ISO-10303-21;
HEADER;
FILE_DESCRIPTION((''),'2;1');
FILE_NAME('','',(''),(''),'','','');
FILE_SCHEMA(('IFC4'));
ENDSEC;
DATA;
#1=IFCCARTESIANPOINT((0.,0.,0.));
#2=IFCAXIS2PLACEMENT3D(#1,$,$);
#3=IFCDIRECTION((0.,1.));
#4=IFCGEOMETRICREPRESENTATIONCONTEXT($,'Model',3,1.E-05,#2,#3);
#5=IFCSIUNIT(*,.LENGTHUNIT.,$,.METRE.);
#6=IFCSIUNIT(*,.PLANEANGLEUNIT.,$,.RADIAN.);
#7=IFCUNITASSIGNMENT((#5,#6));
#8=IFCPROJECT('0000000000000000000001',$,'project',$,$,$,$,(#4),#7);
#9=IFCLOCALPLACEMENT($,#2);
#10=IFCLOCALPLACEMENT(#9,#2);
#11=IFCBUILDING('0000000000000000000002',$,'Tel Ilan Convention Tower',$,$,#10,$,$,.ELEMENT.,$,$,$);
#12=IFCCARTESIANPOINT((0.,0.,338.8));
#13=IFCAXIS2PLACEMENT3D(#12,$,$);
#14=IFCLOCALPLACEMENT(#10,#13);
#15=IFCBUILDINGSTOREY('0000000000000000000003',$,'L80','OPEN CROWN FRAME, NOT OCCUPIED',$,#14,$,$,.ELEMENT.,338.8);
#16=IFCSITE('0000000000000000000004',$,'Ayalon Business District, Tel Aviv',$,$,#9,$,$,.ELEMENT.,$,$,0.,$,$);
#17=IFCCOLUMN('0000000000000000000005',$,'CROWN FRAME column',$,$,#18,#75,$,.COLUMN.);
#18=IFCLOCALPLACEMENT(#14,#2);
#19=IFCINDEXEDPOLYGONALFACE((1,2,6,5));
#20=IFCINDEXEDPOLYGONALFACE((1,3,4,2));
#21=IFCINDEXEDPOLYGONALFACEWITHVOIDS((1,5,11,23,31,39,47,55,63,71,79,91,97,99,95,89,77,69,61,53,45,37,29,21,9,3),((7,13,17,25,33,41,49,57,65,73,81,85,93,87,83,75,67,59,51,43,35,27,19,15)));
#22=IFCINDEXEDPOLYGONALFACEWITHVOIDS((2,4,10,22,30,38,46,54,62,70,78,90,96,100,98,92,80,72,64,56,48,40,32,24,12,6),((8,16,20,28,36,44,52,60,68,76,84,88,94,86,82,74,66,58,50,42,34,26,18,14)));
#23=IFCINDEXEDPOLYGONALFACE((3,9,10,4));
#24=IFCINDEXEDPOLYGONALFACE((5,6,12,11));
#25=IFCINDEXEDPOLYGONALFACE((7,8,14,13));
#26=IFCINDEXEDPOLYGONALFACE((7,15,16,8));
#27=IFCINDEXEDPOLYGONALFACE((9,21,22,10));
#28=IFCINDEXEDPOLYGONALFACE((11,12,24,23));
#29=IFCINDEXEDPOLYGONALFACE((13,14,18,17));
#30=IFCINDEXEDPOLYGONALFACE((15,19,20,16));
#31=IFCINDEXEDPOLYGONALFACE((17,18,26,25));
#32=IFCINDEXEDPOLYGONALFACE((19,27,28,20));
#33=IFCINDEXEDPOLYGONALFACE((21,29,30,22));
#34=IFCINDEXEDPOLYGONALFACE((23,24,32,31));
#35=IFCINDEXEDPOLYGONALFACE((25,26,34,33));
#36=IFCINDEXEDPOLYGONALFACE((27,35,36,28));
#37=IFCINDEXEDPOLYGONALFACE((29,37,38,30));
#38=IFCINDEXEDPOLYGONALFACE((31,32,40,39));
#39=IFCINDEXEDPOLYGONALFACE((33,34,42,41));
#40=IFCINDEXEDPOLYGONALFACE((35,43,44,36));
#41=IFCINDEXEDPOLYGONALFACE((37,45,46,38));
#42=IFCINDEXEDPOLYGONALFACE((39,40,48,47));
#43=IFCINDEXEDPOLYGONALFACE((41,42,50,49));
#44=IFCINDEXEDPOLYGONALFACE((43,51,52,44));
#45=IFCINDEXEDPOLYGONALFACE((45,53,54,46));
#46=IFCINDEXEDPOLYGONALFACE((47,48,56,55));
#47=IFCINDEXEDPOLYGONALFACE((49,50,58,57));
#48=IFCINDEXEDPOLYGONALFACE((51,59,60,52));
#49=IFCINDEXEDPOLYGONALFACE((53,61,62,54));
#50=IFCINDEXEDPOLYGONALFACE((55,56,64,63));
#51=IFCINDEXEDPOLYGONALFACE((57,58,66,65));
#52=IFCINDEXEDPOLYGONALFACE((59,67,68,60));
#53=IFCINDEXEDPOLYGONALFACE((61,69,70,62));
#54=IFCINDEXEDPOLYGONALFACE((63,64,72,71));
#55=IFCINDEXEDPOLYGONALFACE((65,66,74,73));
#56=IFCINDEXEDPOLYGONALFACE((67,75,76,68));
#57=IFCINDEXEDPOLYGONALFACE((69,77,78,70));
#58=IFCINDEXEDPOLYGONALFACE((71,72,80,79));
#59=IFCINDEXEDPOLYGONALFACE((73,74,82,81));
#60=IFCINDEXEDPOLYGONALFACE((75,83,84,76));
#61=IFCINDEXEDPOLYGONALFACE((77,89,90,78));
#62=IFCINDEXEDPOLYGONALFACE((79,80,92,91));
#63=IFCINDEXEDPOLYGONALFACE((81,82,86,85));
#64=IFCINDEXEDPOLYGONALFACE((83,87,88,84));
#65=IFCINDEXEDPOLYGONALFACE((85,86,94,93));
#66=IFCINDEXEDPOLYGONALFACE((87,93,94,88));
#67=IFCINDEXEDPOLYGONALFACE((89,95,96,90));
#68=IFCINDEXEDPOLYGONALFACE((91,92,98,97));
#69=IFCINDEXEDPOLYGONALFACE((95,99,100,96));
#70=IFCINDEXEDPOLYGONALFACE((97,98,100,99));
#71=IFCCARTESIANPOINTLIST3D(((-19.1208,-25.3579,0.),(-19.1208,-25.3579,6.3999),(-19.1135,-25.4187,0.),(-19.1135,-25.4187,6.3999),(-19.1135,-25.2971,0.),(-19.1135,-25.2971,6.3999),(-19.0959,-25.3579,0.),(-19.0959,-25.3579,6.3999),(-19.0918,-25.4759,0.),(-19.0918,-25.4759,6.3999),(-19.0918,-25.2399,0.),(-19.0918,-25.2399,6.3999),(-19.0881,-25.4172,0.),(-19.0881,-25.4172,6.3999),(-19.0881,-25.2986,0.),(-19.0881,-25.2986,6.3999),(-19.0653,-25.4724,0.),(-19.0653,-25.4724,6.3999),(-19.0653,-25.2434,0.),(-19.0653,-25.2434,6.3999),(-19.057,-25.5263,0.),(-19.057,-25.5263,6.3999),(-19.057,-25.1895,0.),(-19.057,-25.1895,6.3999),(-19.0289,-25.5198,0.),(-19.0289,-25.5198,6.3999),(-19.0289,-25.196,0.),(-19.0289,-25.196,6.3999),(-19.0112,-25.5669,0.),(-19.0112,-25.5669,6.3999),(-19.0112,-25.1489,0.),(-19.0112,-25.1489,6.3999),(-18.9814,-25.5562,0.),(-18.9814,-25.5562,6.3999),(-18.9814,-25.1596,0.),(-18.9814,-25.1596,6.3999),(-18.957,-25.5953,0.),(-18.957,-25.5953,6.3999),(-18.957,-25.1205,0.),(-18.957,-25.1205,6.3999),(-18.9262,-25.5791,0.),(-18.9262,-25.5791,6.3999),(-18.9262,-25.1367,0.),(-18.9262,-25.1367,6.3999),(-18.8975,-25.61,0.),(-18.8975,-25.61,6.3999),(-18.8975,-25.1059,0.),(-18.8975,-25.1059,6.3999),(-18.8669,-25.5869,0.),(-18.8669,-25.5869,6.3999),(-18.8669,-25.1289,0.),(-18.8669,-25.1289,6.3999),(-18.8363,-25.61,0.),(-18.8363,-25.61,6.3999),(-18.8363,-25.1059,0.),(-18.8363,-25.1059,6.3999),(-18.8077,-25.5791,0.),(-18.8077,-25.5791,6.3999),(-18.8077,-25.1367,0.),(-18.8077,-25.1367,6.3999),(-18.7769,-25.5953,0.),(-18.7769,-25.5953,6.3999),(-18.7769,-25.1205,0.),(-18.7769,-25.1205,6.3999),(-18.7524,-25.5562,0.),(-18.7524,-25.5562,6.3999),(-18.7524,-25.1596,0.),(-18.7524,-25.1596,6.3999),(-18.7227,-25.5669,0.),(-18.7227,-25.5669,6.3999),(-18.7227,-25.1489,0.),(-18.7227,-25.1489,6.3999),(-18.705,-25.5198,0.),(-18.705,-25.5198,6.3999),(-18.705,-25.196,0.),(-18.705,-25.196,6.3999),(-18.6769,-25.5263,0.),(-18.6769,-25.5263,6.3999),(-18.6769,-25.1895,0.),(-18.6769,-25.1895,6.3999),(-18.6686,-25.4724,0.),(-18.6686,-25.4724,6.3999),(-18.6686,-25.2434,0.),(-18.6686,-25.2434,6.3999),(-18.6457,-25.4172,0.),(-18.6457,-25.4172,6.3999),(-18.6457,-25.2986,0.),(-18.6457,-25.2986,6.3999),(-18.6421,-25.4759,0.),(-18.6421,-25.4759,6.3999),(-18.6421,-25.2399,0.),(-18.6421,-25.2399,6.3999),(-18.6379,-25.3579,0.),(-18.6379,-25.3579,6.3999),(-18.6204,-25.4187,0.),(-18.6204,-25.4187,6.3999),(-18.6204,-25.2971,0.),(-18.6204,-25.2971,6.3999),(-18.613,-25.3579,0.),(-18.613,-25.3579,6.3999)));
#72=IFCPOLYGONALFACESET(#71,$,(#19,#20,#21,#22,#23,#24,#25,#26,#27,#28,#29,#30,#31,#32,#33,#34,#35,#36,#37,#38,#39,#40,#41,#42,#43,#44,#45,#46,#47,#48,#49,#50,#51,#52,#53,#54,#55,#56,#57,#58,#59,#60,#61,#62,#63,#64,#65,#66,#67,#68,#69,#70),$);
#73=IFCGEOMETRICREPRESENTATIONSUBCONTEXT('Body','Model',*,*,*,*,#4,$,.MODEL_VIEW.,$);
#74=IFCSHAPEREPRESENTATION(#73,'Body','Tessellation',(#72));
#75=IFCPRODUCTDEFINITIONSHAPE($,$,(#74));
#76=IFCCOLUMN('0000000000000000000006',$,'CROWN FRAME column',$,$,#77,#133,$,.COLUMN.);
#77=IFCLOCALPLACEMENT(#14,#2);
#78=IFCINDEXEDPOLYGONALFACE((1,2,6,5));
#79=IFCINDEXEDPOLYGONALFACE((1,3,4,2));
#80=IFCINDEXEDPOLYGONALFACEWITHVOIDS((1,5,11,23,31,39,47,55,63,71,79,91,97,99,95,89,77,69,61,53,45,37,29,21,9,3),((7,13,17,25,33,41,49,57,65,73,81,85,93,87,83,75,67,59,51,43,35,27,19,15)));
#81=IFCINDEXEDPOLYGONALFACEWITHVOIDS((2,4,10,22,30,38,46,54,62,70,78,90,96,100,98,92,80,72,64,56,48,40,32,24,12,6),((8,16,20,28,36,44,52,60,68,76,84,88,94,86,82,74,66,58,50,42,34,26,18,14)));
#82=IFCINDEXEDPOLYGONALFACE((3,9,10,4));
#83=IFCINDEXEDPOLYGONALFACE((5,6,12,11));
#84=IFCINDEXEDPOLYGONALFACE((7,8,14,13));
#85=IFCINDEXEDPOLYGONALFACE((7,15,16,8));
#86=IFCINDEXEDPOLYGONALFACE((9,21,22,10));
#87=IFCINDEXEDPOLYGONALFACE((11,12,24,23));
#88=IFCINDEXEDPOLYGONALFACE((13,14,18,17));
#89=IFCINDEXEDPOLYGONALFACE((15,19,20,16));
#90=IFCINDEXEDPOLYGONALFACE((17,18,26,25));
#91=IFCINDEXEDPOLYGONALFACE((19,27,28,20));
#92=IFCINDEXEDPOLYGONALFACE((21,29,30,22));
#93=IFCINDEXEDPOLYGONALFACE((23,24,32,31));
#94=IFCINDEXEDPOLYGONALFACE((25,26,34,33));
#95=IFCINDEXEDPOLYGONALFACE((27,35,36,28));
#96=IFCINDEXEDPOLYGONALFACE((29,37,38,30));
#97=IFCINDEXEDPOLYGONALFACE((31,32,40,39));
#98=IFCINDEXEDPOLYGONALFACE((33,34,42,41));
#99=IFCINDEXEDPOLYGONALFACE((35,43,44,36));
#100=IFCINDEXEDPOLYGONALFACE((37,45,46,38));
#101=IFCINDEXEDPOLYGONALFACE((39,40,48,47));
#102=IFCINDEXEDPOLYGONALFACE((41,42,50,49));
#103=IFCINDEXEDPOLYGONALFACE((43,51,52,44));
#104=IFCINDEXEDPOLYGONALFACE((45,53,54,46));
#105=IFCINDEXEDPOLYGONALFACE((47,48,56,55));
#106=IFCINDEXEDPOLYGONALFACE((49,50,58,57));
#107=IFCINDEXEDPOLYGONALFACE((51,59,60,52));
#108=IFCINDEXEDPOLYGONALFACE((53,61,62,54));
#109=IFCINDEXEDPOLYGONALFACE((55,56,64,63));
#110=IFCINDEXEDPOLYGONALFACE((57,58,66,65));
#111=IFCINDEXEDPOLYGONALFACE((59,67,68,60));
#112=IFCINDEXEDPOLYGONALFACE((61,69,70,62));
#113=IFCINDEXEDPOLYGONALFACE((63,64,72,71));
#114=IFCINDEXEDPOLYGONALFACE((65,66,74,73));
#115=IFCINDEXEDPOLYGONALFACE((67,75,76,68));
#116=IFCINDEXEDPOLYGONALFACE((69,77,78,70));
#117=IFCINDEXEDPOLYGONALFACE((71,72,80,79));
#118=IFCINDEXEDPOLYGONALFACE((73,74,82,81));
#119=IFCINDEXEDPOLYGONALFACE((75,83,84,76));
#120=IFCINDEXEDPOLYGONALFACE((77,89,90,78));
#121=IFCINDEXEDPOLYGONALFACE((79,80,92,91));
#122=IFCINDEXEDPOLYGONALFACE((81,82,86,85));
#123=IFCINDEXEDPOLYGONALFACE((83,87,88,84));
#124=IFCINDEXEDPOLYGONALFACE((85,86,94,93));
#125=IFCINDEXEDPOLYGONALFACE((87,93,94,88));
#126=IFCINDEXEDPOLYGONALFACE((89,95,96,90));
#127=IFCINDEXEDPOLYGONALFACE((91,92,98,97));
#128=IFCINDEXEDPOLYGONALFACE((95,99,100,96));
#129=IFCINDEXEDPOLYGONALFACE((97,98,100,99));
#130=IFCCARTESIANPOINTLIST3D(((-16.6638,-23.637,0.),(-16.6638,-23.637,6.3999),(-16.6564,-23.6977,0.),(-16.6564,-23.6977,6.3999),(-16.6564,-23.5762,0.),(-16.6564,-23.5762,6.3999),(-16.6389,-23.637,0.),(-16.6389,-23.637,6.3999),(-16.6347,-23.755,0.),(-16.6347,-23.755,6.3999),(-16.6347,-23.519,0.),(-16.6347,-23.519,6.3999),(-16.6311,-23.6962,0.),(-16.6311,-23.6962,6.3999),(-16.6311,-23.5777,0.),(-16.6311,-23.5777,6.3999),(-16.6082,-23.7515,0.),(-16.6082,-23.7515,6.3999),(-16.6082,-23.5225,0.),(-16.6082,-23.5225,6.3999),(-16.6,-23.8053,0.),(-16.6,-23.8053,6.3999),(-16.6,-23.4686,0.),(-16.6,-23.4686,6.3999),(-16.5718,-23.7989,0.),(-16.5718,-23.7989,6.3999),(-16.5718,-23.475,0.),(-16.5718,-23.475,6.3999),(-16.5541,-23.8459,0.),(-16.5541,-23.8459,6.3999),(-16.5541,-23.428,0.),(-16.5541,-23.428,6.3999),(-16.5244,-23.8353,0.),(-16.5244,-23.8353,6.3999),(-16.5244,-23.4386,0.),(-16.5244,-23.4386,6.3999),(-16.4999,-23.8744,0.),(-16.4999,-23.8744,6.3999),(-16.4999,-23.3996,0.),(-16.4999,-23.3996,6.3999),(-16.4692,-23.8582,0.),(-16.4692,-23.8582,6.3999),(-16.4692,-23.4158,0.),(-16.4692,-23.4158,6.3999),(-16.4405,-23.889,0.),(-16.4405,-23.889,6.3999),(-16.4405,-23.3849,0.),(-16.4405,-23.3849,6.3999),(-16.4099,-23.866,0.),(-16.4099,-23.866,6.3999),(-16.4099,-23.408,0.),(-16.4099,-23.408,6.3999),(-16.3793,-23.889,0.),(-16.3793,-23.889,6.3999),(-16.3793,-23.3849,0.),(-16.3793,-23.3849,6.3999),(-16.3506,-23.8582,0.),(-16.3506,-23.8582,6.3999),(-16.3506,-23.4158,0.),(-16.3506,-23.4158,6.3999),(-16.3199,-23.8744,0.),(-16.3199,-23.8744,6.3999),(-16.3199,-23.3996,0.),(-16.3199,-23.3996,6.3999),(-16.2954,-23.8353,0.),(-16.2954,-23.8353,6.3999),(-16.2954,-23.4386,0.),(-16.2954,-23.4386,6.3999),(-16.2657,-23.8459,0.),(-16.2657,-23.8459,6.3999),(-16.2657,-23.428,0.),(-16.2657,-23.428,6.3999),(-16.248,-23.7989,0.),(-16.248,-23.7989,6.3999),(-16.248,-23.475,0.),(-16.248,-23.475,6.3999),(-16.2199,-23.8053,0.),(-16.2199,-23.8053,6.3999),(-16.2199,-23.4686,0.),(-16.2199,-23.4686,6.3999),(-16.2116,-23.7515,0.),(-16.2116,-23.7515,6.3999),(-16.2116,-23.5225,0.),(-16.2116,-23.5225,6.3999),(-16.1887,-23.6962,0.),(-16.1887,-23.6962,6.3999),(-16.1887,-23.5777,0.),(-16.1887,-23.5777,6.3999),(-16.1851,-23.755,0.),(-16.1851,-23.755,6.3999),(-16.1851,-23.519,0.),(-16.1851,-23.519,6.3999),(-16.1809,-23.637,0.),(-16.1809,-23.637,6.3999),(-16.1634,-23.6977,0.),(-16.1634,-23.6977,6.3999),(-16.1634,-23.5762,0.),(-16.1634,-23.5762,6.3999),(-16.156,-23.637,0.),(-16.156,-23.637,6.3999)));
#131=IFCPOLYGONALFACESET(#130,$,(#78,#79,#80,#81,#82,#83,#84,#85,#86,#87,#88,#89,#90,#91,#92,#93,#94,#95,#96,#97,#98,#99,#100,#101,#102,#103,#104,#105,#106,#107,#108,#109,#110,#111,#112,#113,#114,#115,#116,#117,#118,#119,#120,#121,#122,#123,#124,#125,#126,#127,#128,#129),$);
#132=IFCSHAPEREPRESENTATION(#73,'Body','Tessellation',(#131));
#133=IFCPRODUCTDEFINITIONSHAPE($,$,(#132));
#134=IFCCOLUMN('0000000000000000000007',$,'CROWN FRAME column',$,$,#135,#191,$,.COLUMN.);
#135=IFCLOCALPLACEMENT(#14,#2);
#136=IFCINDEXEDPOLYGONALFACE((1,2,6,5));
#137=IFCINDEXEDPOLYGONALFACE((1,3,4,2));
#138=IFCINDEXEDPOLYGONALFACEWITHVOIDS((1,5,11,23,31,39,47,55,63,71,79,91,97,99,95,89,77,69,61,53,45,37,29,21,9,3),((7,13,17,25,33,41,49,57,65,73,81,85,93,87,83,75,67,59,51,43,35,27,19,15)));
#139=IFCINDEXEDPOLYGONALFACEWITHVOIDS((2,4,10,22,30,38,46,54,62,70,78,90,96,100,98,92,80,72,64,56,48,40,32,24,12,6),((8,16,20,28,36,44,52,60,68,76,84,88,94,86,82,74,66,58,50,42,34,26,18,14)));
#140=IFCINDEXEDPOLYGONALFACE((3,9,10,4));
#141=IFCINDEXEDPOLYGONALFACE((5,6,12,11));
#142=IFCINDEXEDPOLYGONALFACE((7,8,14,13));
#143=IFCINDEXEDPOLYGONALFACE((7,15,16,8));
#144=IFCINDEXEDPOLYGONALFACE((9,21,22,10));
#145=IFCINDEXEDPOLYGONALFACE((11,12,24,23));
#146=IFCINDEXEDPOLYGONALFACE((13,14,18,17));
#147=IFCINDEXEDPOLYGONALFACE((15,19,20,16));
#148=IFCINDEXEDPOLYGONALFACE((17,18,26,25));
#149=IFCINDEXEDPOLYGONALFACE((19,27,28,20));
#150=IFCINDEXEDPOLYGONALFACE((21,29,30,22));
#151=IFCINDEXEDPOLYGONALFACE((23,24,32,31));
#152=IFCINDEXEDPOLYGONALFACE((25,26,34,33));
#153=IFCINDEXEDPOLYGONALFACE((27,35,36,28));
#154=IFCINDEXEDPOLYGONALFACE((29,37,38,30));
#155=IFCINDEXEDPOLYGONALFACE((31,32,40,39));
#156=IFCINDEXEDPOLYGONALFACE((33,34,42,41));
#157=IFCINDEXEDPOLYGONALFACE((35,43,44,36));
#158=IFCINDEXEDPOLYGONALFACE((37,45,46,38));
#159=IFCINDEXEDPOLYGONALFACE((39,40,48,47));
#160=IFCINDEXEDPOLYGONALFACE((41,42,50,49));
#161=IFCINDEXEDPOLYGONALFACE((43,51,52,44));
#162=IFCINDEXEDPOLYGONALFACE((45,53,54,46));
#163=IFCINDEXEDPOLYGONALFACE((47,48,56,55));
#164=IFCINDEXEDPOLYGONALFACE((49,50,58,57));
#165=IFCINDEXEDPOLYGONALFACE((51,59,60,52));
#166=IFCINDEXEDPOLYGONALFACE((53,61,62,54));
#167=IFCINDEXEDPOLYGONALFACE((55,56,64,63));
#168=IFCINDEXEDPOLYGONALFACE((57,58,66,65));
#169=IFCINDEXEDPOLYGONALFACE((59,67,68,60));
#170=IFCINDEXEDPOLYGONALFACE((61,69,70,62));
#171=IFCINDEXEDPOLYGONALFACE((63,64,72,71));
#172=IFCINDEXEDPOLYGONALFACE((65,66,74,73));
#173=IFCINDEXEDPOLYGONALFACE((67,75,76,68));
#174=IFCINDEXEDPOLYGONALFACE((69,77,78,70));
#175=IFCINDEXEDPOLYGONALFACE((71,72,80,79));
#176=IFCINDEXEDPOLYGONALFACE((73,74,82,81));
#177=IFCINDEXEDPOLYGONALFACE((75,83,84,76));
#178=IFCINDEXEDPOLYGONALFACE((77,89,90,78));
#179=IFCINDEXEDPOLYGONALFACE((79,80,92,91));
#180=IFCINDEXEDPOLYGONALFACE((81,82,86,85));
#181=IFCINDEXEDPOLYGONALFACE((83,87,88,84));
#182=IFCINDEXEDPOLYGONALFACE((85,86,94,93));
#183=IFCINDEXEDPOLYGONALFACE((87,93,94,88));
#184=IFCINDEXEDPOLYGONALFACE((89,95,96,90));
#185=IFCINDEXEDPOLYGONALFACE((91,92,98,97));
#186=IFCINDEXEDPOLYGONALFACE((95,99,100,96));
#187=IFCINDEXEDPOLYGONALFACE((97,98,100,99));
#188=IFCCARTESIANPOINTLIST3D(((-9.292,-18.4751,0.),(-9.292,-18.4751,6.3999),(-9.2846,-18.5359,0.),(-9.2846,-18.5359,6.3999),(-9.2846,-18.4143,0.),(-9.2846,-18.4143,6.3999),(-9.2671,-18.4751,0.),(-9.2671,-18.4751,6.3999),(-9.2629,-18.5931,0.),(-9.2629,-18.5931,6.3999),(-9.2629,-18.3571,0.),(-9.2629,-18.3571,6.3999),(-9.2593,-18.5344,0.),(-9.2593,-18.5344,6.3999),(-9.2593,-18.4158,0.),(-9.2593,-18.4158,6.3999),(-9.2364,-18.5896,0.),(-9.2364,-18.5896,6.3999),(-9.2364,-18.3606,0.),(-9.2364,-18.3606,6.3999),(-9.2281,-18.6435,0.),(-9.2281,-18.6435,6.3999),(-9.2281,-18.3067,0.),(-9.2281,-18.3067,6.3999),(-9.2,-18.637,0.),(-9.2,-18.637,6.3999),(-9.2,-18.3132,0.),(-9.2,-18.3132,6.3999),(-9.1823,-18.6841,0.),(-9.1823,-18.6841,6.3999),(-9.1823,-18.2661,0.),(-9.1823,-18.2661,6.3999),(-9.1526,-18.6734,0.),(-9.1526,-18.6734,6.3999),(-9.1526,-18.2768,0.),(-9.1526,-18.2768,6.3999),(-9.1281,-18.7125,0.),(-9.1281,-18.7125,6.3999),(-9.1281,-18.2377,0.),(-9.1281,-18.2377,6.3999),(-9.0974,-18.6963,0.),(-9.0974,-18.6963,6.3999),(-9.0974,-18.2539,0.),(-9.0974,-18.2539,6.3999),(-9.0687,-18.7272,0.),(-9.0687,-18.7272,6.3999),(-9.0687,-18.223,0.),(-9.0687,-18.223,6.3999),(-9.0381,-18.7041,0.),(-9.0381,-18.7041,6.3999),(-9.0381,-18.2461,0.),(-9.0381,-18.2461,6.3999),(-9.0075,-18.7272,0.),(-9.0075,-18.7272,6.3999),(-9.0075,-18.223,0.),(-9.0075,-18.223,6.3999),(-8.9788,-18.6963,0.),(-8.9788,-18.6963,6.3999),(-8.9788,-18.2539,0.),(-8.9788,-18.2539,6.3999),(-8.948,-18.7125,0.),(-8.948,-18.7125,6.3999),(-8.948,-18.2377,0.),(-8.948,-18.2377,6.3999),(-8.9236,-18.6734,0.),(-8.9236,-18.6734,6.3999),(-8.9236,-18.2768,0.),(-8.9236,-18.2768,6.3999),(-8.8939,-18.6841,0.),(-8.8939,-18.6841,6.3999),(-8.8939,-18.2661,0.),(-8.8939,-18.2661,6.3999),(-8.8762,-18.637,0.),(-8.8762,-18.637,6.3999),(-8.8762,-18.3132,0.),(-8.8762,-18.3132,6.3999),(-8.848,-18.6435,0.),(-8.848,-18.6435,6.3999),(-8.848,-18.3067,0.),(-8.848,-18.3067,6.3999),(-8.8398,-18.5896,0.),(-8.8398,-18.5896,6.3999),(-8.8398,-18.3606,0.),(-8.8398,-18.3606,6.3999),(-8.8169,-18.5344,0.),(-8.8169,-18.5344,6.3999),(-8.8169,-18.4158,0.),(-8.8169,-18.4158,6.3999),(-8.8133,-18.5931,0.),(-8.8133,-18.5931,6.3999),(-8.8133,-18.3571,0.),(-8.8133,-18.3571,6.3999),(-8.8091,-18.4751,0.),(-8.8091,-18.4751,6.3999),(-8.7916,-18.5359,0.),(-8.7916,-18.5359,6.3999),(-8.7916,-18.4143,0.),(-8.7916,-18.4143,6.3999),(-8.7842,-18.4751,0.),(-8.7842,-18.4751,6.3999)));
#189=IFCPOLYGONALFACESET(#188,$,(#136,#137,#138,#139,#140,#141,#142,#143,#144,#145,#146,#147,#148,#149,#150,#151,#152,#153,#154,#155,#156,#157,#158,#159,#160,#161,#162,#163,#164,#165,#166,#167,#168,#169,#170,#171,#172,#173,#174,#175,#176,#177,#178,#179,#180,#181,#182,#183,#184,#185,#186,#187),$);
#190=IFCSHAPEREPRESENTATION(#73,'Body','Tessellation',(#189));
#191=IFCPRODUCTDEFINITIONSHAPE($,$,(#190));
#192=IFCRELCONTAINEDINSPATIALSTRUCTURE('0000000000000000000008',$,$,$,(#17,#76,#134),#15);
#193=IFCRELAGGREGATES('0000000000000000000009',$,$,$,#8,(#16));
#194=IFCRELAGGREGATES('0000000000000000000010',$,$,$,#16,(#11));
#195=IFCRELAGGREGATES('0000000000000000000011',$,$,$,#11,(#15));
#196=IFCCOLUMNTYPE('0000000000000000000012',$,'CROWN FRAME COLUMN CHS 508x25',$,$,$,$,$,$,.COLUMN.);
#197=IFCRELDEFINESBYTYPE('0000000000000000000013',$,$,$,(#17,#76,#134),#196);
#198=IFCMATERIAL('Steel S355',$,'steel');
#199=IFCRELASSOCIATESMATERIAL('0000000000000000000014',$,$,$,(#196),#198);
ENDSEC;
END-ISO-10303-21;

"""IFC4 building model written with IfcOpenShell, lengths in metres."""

from ifc_helpers import new_model, si_unit, direction, frame, origin, origin_2d, place, context, subcontext, project, spatial, hollow_circle, extrude, material, material_profile, profile_set, type_object, element, save


model = new_model("IFC4")

# Units and contexts
model_context = context("Model", 3, precision=1e-05, world=origin(), true_north=direction((0.0, 1.0)))
body_context = subcontext(model_context, "Body", "Model", "MODEL_VIEW")
ifc_project = project(units=[si_unit("LENGTHUNIT", "METRE"), si_unit("PLANEANGLEUNIT", "RADIAN")], contexts=[model_context])

# Site, building, storey
site_placement = place(None, origin())
site = spatial("IfcSite", under=ifc_project, at=site_placement, Name="Ayalon Business District, Tel Aviv", CompositionType="ELEMENT", RefElevation=0.0)
building_placement = place(site_placement, origin())
building = spatial("IfcBuilding", under=site, at=building_placement, Name="Tel Ilan Convention Tower", CompositionType="ELEMENT")
storey_placement = place(building_placement, frame((0.0, 0.0, 338.8)))
storey = spatial("IfcBuildingStorey", under=building, at=storey_placement, Name="L80", Description="OPEN CROWN FRAME, NOT OCCUPIED", CompositionType="ELEMENT", Elevation=338.8)

# Columns
ifc_material_1 = material(Name="Steel S355", Category="steel")
ifc_material_profile_1 = material_profile(ifc_material_1, hollow_circle(Radius=0.2539, WallThickness=0.0249, at=origin_2d()), Name="CHS 508x25")
ifc_profile_set_1 = profile_set([ifc_material_profile_1], Name="Steel S355")
column_type = type_object("IfcColumnType", Name="CROWN FRAME COLUMN CHS 508x25", PredefinedType="COLUMN", material=ifc_profile_set_1)
for number, where, z_axis, x_axis, name in (
    (1, (-18.8669, -25.3579, 0.0), (0.0, 0.0, 1.0), (1.0, 0.0, 0.0), "CROWN FRAME column"),
    (2, (-16.4099, -23.637, 0.0), (0.0, 0.0, 1.0), (1.0, 0.0, 0.0), "CROWN FRAME column"),
    (3, (-9.0381, -18.4751, 0.0), (0.0, 0.0, 1.0), (1.0, 0.0, 0.0), "CROWN FRAME column"),
):
    element("IfcColumn", number, at=place(storey_placement, frame(where, z_axis=z_axis, x_axis=x_axis)), inside=storey, type_object=column_type, Name=name, PredefinedType="COLUMN", context=body_context, shape_type="SweptSolid", body=[
        extrude(hollow_circle(Radius=0.2539, WallThickness=0.0249, at=origin_2d()), origin(), (0.0, 0.0, 1.0), 6.3999),
    ])

save(model, "model.ifc")
